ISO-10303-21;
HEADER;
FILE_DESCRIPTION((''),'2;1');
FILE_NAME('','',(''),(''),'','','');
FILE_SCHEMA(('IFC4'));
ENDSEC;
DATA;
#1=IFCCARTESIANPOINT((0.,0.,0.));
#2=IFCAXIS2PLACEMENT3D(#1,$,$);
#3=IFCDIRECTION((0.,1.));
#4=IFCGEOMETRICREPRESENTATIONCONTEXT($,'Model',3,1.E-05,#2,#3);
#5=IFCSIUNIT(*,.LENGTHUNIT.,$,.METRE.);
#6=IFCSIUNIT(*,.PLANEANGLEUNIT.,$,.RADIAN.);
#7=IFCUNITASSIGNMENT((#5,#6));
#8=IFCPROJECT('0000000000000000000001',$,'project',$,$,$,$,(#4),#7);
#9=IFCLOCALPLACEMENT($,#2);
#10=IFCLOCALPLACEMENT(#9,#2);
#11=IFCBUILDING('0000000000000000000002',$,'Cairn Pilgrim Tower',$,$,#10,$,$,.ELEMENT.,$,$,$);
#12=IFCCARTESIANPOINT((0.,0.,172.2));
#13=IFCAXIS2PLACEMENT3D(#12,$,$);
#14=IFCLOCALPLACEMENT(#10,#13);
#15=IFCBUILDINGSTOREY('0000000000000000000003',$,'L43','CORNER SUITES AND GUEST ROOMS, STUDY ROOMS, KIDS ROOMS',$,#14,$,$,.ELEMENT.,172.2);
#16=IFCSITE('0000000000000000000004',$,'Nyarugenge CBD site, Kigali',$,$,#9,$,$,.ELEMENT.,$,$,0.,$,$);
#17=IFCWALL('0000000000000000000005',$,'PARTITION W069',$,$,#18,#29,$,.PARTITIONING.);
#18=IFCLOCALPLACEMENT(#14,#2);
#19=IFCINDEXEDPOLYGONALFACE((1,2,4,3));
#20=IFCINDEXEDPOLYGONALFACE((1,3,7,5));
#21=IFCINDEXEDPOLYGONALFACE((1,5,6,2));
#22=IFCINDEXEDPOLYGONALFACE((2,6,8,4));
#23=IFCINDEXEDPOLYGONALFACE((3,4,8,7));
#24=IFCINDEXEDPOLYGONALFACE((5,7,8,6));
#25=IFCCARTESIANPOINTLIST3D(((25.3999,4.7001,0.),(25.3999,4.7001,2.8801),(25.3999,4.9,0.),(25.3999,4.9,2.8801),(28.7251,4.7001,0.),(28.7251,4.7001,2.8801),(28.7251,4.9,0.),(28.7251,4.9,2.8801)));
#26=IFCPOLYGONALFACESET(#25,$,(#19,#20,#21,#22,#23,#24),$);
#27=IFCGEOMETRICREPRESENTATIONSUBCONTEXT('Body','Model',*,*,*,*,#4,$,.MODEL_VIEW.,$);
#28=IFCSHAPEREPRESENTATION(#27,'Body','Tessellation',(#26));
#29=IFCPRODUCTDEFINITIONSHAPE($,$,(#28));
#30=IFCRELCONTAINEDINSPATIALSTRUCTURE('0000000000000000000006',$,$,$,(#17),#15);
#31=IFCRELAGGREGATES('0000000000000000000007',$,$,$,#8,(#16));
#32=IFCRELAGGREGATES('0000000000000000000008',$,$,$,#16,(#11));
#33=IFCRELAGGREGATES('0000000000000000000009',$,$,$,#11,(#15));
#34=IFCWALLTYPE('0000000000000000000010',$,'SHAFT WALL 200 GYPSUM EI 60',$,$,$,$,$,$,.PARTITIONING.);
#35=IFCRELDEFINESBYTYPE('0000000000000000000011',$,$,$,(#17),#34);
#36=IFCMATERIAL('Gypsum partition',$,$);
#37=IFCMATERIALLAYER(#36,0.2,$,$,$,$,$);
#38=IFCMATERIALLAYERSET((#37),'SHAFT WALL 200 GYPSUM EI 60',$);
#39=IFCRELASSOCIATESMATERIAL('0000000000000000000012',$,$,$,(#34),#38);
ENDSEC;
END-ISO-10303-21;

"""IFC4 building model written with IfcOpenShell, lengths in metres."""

from ifc_helpers import new_model, si_unit, direction, frame, frame_2d, origin, place, context, subcontext, project, spatial, rectangle, extrude, material, layer, layer_set, type_object, element, save


model = new_model("IFC4")

# Units and contexts
model_context = context("Model", 3, precision=1e-05, world=origin(), true_north=direction((0.0, 1.0)))
body_context = subcontext(model_context, "Body", "Model", "MODEL_VIEW")
ifc_project = project(units=[si_unit("LENGTHUNIT", "METRE"), si_unit("PLANEANGLEUNIT", "RADIAN")], contexts=[model_context])

# Site, building, storey
site_placement = place(None, origin())
site = spatial("IfcSite", under=ifc_project, at=site_placement, Name="Nyarugenge CBD site, Kigali", CompositionType="ELEMENT", RefElevation=0.0)
building_placement = place(site_placement, origin())
building = spatial("IfcBuilding", under=site, at=building_placement, Name="Cairn Pilgrim Tower", CompositionType="ELEMENT")
storey_placement = place(building_placement, frame((0.0, 0.0, 172.2)))
storey = spatial("IfcBuildingStorey", under=building, at=storey_placement, Name="L43", Description="CORNER SUITES AND GUEST ROOMS, STUDY ROOMS, KIDS ROOMS", CompositionType="ELEMENT", Elevation=172.2)

# Shared definitions
ifc_material_1 = material(Name="Gypsum partition")

# Wall
ifc_layer_1 = layer(ifc_material_1, 0.2)
ifc_layer_set_1 = layer_set([ifc_layer_1], Name="SHAFT WALL 200 GYPSUM EI 60")
wall_type_1 = type_object("IfcWallType", Name="SHAFT WALL 200 GYPSUM EI 60", PredefinedType="PARTITIONING", material=ifc_layer_set_1)
wall_1_placement = place(storey_placement, frame((25.3999, 4.8, 0.0), z_axis=(0.0, 0.0, 1.0), x_axis=(1.0, 0.0, 0.0)))
element("IfcWall", 1, at=wall_1_placement, inside=storey, type_object=wall_type_1, Name="PARTITION W069", PredefinedType="PARTITIONING", context=body_context, shape_type="SweptSolid", body=[
    extrude(rectangle(XDim=3.3252, YDim=0.2, at=frame_2d((1.6626, 0.0))), origin(), (0.0, 0.0, 1.0), 2.8801),
])

save(model, "model.ifc")
